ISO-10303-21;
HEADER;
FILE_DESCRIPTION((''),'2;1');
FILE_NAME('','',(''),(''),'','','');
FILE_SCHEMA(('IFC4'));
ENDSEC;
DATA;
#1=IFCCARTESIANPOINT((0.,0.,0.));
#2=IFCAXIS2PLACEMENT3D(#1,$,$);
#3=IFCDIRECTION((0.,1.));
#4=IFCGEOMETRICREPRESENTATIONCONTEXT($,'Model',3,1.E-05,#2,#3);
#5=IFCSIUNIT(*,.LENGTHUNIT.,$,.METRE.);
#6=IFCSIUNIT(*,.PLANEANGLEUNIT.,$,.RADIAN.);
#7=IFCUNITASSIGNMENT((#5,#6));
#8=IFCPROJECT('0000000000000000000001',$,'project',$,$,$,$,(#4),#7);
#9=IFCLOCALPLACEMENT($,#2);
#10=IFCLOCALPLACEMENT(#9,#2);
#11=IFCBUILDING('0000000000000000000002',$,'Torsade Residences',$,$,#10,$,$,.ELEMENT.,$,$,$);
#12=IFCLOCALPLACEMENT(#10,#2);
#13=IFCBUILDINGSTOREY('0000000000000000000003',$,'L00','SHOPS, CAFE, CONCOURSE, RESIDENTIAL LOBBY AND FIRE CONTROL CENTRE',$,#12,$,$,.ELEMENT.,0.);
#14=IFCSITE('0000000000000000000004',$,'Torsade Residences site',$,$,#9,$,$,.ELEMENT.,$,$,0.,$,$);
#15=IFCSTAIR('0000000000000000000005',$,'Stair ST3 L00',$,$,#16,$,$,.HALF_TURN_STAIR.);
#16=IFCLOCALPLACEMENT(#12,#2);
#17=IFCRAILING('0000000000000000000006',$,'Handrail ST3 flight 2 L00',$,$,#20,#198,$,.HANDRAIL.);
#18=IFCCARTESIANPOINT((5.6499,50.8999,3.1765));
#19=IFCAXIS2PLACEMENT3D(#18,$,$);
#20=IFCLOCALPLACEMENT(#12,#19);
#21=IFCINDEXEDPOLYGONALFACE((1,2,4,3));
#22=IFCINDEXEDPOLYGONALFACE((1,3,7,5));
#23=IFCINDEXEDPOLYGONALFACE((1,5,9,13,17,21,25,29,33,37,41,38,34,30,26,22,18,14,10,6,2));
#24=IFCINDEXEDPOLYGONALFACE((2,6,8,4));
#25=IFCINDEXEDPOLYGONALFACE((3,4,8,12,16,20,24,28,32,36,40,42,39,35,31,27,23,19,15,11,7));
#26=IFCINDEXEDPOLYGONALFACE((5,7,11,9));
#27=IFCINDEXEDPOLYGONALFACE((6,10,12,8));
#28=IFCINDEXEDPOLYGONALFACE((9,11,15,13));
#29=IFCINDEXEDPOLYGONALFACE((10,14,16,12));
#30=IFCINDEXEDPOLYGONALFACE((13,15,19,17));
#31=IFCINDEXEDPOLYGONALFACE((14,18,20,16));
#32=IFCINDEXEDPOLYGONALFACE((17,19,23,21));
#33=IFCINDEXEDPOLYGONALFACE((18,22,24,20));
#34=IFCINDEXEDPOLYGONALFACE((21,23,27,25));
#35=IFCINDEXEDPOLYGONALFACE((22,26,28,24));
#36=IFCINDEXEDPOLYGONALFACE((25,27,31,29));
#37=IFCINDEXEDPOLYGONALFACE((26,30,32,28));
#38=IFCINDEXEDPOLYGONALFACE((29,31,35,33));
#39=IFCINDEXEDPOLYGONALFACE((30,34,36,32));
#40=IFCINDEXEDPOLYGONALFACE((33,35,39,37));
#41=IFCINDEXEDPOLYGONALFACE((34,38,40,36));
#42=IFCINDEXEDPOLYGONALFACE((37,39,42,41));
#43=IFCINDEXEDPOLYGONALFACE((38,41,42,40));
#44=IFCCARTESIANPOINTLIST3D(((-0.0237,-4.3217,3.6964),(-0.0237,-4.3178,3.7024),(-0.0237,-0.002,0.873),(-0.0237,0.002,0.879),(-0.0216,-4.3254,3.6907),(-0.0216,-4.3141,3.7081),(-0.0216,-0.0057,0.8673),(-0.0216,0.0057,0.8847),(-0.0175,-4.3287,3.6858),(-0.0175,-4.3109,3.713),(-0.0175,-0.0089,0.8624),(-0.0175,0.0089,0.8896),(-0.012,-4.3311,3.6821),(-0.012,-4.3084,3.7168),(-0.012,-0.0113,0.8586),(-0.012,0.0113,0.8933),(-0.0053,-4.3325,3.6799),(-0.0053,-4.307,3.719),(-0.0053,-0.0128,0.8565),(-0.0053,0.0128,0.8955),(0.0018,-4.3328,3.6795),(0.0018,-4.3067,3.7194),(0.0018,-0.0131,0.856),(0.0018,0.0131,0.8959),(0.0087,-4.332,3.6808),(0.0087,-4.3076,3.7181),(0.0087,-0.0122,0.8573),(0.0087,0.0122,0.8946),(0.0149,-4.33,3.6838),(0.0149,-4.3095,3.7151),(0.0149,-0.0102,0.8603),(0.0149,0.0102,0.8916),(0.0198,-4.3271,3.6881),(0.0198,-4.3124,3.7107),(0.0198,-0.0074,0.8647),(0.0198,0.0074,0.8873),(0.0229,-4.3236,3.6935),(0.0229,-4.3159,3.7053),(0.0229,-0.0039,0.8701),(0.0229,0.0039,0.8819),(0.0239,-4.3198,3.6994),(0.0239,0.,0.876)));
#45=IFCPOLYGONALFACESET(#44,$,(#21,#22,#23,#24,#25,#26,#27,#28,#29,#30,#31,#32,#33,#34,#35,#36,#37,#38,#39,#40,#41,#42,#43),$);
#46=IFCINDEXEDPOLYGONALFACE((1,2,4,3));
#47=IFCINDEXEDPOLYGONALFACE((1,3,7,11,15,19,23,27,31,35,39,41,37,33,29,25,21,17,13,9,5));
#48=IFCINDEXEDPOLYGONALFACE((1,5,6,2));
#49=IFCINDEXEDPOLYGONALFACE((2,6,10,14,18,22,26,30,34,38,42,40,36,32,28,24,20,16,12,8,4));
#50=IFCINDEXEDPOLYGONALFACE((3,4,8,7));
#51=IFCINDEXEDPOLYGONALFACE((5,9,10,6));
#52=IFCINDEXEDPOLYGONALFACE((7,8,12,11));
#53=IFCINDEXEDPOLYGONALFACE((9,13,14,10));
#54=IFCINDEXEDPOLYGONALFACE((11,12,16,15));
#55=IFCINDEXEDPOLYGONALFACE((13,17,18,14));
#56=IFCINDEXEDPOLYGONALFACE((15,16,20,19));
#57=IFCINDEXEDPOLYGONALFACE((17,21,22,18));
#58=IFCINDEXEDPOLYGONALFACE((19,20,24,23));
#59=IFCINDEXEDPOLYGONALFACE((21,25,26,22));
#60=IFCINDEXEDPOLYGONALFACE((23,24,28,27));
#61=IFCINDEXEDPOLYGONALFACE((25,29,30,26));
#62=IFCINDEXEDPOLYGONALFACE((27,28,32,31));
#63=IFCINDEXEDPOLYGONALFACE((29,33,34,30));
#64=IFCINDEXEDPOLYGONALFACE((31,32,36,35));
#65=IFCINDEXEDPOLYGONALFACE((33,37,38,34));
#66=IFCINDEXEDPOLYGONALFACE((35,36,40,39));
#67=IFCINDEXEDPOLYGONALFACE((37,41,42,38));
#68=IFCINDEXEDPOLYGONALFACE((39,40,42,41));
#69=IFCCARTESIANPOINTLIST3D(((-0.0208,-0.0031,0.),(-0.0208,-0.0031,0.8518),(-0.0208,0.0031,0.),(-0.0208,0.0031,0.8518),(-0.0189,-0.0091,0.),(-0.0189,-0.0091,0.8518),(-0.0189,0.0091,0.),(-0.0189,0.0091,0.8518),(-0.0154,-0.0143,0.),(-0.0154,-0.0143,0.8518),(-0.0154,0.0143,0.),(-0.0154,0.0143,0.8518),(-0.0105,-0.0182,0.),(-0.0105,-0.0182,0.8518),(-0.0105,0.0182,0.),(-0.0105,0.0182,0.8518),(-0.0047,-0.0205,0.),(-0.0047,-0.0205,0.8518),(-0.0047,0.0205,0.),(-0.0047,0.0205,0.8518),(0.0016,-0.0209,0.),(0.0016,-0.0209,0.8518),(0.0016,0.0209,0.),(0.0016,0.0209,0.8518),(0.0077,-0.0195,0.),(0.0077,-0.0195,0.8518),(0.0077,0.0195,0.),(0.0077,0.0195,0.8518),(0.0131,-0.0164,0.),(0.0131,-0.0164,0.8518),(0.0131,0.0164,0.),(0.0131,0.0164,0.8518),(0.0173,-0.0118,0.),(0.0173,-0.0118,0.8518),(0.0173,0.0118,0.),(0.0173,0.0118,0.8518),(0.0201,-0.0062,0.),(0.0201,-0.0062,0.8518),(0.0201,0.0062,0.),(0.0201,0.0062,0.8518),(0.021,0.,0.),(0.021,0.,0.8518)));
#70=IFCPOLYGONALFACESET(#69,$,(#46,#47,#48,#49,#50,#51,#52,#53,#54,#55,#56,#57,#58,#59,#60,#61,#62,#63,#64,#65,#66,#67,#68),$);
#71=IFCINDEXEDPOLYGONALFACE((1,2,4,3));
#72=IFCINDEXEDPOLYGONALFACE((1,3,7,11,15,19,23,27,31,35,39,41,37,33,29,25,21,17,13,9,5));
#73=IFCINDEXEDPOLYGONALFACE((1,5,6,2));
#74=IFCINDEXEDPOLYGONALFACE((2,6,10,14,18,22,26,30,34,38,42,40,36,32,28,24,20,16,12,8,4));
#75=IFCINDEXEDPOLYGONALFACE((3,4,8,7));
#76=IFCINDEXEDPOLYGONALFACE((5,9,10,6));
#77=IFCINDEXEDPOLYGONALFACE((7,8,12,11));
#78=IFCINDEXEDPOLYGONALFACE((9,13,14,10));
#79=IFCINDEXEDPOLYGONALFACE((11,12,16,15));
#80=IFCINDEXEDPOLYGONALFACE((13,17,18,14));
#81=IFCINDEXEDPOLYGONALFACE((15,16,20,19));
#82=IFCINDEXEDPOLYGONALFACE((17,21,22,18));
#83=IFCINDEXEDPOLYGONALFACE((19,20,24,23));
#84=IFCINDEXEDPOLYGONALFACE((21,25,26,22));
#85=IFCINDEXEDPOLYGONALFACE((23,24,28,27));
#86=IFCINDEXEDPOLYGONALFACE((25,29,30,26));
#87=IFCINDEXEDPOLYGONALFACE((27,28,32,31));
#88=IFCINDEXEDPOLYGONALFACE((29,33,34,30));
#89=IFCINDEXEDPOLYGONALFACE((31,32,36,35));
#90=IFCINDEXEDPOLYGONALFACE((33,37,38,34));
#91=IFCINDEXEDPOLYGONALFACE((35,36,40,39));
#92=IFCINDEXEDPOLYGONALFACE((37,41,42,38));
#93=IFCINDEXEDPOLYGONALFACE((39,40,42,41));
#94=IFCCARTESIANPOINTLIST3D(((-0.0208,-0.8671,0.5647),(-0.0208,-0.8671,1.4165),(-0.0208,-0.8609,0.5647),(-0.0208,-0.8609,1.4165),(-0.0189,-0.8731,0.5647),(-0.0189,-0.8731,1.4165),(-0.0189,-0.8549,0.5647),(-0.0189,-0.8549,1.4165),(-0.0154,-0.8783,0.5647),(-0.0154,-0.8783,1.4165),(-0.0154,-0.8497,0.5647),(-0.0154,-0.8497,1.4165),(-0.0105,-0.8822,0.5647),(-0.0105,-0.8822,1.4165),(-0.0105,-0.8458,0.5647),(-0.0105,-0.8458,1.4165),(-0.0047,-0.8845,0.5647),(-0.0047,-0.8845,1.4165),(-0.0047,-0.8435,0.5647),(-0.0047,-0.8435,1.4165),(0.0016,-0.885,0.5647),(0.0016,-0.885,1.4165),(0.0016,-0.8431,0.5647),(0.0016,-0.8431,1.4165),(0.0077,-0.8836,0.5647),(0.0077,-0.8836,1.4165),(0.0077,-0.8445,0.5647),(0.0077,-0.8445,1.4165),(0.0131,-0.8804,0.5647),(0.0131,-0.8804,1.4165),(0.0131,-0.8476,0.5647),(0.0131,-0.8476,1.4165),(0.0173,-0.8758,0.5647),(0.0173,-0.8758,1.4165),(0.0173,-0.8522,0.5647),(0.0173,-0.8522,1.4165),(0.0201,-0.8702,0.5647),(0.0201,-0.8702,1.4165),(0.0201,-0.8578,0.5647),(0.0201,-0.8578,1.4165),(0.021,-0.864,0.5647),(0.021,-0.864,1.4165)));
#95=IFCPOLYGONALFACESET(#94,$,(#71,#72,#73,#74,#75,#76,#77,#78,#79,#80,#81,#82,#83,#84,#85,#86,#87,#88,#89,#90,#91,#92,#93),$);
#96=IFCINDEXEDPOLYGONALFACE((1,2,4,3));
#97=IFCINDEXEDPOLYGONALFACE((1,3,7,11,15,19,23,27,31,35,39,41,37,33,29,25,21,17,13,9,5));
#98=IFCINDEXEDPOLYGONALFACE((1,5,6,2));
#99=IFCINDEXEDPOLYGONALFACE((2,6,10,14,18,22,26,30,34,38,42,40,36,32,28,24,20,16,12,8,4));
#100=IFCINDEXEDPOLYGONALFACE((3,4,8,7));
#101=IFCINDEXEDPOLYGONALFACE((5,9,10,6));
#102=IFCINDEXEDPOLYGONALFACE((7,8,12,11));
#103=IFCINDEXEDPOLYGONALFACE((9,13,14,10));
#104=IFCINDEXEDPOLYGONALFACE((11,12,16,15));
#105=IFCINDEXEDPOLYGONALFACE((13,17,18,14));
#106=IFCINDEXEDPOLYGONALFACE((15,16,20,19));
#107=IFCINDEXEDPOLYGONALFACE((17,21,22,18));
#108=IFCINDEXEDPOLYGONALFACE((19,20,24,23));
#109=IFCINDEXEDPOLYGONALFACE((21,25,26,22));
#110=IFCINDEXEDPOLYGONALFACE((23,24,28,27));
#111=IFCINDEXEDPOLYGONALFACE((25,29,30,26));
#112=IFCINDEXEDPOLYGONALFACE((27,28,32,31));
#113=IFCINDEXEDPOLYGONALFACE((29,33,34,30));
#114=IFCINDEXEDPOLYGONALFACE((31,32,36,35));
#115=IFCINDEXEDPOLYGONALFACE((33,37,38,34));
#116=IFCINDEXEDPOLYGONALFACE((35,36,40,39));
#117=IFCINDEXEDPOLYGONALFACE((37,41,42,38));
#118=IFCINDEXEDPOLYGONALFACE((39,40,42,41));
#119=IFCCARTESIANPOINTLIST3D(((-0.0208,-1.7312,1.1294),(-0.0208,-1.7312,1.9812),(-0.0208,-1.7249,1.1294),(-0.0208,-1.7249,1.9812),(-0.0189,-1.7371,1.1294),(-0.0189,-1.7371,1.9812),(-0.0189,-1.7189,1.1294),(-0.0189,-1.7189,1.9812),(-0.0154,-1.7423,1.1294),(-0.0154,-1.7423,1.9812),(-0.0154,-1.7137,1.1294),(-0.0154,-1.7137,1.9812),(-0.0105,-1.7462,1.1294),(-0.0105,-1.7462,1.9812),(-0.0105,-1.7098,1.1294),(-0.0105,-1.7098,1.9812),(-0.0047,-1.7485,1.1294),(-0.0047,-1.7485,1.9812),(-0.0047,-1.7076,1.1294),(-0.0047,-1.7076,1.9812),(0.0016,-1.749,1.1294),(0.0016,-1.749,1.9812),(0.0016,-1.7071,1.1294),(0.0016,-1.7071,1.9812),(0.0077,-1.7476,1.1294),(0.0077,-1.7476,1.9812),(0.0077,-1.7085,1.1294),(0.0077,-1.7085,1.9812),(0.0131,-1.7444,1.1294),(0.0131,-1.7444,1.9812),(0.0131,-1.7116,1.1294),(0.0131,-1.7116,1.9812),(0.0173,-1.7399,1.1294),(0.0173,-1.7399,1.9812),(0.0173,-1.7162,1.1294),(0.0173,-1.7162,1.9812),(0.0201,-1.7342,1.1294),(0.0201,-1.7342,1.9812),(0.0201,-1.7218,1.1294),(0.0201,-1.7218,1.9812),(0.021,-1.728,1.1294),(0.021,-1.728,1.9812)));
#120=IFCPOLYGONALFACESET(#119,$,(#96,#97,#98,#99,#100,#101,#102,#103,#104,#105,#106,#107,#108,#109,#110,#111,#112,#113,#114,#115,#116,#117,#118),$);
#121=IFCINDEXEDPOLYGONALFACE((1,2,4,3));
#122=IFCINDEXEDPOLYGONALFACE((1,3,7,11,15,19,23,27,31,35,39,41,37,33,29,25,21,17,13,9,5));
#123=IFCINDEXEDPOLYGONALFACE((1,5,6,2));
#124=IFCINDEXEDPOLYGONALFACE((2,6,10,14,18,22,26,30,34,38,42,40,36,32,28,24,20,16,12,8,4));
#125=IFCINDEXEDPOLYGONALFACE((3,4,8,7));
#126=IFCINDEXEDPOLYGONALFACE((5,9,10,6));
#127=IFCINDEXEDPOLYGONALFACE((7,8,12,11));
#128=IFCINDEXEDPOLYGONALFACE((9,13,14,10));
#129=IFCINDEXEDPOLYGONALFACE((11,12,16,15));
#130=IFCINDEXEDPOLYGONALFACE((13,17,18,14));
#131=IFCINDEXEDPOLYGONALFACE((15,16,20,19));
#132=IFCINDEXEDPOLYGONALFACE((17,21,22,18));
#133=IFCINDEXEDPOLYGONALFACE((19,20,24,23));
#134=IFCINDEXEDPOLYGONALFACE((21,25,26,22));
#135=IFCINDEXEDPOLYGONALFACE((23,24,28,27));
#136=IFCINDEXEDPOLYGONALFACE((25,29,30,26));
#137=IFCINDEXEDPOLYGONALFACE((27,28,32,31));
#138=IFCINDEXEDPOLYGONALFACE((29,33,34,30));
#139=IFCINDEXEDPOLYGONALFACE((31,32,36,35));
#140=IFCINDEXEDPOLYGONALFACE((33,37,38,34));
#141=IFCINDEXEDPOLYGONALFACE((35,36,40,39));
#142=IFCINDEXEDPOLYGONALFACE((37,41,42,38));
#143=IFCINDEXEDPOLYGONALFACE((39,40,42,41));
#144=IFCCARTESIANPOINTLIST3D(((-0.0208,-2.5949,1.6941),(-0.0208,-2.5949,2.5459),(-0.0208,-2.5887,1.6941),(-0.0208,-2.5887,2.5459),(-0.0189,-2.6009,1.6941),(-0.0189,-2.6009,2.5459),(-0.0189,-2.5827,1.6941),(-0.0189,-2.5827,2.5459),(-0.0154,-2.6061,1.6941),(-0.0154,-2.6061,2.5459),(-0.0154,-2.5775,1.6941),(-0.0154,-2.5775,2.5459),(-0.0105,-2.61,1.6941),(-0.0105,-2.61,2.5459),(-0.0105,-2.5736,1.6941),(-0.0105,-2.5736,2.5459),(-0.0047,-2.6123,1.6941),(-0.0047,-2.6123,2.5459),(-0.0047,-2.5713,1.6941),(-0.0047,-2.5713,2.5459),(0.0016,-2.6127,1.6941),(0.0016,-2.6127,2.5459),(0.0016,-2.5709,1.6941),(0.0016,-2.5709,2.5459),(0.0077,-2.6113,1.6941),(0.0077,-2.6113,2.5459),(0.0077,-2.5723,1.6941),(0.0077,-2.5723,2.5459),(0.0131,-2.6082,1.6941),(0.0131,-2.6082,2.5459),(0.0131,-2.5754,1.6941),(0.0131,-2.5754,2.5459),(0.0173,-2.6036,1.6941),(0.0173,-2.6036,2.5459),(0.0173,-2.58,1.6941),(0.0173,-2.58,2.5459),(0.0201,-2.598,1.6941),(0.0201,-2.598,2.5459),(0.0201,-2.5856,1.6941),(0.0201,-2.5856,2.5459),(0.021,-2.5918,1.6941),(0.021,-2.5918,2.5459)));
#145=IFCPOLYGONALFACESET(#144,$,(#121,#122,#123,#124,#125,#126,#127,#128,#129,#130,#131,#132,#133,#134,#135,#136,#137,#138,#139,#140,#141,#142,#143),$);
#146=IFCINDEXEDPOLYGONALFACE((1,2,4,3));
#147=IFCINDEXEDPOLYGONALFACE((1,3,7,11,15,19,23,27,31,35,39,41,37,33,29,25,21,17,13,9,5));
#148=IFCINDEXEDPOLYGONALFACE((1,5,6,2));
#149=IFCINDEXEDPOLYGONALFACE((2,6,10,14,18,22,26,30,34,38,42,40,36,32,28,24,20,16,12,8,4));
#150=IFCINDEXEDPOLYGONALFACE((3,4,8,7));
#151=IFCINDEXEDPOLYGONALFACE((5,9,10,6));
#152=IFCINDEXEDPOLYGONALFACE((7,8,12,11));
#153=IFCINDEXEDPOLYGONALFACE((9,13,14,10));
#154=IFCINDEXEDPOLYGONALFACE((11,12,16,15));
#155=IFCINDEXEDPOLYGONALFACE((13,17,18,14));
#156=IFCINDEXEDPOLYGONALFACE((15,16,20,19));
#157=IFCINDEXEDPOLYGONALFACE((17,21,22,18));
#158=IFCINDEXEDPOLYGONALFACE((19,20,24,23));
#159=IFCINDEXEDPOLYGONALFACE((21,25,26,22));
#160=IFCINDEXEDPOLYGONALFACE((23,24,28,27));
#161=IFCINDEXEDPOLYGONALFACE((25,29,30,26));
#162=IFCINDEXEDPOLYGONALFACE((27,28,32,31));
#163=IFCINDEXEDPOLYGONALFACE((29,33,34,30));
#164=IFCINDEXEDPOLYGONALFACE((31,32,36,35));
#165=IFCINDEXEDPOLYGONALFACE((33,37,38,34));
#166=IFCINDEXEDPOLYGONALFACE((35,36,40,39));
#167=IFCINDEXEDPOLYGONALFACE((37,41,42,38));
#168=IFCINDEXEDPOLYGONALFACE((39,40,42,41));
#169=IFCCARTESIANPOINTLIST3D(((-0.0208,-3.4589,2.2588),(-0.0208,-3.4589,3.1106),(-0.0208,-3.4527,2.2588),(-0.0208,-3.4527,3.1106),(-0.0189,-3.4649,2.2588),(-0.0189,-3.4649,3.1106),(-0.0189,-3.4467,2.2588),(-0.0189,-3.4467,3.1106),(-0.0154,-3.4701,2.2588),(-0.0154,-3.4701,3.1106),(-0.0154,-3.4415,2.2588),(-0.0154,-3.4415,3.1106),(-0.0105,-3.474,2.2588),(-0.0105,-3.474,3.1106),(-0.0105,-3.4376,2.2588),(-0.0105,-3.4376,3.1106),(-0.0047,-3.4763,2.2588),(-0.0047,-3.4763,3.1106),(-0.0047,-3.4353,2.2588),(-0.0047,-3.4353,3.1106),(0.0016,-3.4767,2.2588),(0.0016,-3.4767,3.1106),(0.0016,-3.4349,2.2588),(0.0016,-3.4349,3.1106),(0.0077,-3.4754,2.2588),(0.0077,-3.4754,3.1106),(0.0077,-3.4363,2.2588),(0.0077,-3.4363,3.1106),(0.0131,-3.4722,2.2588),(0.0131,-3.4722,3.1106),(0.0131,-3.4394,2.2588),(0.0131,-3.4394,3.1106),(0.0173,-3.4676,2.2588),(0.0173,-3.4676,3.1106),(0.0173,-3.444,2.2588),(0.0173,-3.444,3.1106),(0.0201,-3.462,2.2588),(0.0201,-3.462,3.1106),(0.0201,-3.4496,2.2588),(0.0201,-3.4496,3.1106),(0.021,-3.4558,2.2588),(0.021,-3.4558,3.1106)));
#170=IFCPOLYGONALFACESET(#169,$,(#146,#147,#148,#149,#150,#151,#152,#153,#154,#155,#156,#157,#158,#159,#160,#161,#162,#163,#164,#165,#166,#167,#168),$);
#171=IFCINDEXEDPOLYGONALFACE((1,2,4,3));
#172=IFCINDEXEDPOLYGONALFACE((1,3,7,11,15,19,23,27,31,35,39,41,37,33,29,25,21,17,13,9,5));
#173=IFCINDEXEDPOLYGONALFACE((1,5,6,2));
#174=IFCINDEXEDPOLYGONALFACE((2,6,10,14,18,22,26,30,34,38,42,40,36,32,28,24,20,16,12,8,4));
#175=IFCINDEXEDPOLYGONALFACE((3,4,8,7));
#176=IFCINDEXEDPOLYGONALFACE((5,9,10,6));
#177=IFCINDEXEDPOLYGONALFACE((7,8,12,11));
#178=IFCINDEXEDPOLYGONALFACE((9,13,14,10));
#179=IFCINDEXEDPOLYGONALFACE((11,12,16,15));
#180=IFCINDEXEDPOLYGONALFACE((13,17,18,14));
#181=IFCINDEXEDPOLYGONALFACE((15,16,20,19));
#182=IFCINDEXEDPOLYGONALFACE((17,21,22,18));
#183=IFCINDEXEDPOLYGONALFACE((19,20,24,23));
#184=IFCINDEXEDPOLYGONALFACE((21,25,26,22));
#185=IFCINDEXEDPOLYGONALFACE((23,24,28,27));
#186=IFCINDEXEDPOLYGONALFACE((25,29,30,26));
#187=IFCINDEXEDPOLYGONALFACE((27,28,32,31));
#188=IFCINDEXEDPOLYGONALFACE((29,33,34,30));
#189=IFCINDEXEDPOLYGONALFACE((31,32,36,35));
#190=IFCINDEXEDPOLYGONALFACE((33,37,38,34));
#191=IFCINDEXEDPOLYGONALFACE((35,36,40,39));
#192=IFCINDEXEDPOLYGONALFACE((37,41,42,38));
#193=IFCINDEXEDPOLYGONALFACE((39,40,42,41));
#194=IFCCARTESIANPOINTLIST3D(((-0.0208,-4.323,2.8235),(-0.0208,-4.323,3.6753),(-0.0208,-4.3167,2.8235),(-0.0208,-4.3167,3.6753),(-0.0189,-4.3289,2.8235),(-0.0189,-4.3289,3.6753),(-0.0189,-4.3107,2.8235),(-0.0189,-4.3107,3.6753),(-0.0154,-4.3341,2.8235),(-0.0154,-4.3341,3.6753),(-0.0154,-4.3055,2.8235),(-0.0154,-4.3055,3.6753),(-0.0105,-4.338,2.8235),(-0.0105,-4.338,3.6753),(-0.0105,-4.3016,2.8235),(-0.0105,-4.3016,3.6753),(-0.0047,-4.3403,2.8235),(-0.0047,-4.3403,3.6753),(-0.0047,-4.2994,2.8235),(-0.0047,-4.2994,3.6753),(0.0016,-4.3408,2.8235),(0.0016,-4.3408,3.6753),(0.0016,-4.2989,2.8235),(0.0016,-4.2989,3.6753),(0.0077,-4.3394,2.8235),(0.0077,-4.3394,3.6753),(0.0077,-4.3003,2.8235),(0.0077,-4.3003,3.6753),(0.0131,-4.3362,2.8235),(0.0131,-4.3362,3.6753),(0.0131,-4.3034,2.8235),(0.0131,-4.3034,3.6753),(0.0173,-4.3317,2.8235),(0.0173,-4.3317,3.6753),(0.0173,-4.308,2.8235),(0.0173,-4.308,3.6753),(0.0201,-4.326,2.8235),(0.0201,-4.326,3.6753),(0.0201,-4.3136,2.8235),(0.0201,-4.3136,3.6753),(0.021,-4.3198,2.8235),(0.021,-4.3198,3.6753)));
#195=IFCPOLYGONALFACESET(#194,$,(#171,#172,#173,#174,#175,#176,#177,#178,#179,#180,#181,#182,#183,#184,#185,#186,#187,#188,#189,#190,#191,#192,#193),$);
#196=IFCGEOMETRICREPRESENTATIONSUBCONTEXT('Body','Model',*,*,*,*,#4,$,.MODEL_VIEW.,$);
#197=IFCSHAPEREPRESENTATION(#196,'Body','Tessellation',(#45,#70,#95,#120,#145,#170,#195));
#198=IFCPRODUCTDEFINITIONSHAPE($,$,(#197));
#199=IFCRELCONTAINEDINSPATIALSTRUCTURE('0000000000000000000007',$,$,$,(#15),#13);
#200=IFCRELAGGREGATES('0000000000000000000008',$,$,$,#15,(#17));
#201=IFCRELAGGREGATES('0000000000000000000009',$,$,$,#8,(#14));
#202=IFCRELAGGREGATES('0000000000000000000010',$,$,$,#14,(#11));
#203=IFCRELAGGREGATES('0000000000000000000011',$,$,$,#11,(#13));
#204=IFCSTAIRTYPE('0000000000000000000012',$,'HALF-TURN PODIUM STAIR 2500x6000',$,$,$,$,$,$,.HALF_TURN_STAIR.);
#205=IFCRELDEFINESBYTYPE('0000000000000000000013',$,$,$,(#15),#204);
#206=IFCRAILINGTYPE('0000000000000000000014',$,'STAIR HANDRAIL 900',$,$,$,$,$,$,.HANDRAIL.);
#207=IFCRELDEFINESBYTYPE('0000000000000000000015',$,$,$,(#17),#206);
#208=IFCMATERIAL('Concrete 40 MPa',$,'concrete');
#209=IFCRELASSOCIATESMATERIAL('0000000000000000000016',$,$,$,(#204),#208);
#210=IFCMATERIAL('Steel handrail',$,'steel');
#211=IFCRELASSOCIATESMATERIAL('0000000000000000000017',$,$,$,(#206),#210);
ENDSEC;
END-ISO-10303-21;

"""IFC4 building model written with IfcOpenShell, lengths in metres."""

from ifc_helpers import new_model, si_unit, direction, frame, origin, origin_2d, place, context, subcontext, project, spatial, circle, extrude, material, type_object, element, aggregate, save


model = new_model("IFC4")

# Units and contexts
model_context = context("Model", 3, precision=1e-05, world=origin(), true_north=direction((0.0, 1.0)))
body_context = subcontext(model_context, "Body", "Model", "MODEL_VIEW")
ifc_project = project(units=[si_unit("LENGTHUNIT", "METRE"), si_unit("PLANEANGLEUNIT", "RADIAN")], contexts=[model_context])

# Site, building, storey
site_placement = place(None, origin())
site = spatial("IfcSite", under=ifc_project, at=site_placement, Name="Torsade Residences site", CompositionType="ELEMENT", RefElevation=0.0)
building_placement = place(site_placement, origin())
building = spatial("IfcBuilding", under=site, at=building_placement, Name="Torsade Residences", CompositionType="ELEMENT")
storey_placement = place(building_placement, origin())
storey = spatial("IfcBuildingStorey", under=building, at=storey_placement, Name="L00", Description="SHOPS, CAFE, CONCOURSE, RESIDENTIAL LOBBY AND FIRE CONTROL CENTRE", CompositionType="ELEMENT", Elevation=0.0)

# Stair, railing
ifc_material_1 = material(Name="Concrete 40 MPa", Category="concrete")
stair_type = type_object("IfcStairType", Name="HALF-TURN PODIUM STAIR 2500x6000", PredefinedType="HALF_TURN_STAIR", material=ifc_material_1)
stair_placement = place(storey_placement, origin())
stair = element("IfcStair", 1, at=stair_placement, inside=storey, type_object=stair_type, Name="Stair ST3 L00", PredefinedType="HALF_TURN_STAIR")
ifc_material_2 = material(Name="Steel handrail", Category="steel")
railing_type = type_object("IfcRailingType", Name="STAIR HANDRAIL 900", PredefinedType="HANDRAIL", material=ifc_material_2)
railing_1_placement = place(storey_placement, frame((5.6499, 50.8999, 3.1765)))
railing_1 = element("IfcRailing", 2, at=railing_1_placement, type_object=railing_type, Name="Handrail ST3 flight 2 L00", PredefinedType="HANDRAIL", context=body_context, shape_type="SweptSolid", body=[
    extrude(circle(Radius=0.0239, at=origin_2d()), frame((0.0, 0.0, 0.876), z_axis=(0.0, -0.83706, 0.547112), x_axis=(1.0, 0.0, 0.0)), (0.0, 0.0, 1.0), 5.1606),
    extrude(circle(Radius=0.021, at=origin_2d()), origin(), (0.0, 0.0, 1.0), 0.8518),
    extrude(circle(Radius=0.021, at=origin_2d()), frame((0.0, -0.864, 0.5647)), (0.0, 0.0, 1.0), 0.8518),
    extrude(circle(Radius=0.021, at=origin_2d()), frame((0.0, -1.728, 1.1294)), (0.0, 0.0, 1.0), 0.8518),
    extrude(circle(Radius=0.021, at=origin_2d()), frame((0.0, -2.5918, 1.6941)), (0.0, 0.0, 1.0), 0.8518),
    extrude(circle(Radius=0.021, at=origin_2d()), frame((0.0, -3.4558, 2.2588)), (0.0, 0.0, 1.0), 0.8518),
    extrude(circle(Radius=0.021, at=origin_2d()), frame((0.0, -4.3198, 2.8235)), (0.0, 0.0, 1.0), 0.8518),
])
aggregate(stair, [railing_1])

save(model, "model.ifc")
